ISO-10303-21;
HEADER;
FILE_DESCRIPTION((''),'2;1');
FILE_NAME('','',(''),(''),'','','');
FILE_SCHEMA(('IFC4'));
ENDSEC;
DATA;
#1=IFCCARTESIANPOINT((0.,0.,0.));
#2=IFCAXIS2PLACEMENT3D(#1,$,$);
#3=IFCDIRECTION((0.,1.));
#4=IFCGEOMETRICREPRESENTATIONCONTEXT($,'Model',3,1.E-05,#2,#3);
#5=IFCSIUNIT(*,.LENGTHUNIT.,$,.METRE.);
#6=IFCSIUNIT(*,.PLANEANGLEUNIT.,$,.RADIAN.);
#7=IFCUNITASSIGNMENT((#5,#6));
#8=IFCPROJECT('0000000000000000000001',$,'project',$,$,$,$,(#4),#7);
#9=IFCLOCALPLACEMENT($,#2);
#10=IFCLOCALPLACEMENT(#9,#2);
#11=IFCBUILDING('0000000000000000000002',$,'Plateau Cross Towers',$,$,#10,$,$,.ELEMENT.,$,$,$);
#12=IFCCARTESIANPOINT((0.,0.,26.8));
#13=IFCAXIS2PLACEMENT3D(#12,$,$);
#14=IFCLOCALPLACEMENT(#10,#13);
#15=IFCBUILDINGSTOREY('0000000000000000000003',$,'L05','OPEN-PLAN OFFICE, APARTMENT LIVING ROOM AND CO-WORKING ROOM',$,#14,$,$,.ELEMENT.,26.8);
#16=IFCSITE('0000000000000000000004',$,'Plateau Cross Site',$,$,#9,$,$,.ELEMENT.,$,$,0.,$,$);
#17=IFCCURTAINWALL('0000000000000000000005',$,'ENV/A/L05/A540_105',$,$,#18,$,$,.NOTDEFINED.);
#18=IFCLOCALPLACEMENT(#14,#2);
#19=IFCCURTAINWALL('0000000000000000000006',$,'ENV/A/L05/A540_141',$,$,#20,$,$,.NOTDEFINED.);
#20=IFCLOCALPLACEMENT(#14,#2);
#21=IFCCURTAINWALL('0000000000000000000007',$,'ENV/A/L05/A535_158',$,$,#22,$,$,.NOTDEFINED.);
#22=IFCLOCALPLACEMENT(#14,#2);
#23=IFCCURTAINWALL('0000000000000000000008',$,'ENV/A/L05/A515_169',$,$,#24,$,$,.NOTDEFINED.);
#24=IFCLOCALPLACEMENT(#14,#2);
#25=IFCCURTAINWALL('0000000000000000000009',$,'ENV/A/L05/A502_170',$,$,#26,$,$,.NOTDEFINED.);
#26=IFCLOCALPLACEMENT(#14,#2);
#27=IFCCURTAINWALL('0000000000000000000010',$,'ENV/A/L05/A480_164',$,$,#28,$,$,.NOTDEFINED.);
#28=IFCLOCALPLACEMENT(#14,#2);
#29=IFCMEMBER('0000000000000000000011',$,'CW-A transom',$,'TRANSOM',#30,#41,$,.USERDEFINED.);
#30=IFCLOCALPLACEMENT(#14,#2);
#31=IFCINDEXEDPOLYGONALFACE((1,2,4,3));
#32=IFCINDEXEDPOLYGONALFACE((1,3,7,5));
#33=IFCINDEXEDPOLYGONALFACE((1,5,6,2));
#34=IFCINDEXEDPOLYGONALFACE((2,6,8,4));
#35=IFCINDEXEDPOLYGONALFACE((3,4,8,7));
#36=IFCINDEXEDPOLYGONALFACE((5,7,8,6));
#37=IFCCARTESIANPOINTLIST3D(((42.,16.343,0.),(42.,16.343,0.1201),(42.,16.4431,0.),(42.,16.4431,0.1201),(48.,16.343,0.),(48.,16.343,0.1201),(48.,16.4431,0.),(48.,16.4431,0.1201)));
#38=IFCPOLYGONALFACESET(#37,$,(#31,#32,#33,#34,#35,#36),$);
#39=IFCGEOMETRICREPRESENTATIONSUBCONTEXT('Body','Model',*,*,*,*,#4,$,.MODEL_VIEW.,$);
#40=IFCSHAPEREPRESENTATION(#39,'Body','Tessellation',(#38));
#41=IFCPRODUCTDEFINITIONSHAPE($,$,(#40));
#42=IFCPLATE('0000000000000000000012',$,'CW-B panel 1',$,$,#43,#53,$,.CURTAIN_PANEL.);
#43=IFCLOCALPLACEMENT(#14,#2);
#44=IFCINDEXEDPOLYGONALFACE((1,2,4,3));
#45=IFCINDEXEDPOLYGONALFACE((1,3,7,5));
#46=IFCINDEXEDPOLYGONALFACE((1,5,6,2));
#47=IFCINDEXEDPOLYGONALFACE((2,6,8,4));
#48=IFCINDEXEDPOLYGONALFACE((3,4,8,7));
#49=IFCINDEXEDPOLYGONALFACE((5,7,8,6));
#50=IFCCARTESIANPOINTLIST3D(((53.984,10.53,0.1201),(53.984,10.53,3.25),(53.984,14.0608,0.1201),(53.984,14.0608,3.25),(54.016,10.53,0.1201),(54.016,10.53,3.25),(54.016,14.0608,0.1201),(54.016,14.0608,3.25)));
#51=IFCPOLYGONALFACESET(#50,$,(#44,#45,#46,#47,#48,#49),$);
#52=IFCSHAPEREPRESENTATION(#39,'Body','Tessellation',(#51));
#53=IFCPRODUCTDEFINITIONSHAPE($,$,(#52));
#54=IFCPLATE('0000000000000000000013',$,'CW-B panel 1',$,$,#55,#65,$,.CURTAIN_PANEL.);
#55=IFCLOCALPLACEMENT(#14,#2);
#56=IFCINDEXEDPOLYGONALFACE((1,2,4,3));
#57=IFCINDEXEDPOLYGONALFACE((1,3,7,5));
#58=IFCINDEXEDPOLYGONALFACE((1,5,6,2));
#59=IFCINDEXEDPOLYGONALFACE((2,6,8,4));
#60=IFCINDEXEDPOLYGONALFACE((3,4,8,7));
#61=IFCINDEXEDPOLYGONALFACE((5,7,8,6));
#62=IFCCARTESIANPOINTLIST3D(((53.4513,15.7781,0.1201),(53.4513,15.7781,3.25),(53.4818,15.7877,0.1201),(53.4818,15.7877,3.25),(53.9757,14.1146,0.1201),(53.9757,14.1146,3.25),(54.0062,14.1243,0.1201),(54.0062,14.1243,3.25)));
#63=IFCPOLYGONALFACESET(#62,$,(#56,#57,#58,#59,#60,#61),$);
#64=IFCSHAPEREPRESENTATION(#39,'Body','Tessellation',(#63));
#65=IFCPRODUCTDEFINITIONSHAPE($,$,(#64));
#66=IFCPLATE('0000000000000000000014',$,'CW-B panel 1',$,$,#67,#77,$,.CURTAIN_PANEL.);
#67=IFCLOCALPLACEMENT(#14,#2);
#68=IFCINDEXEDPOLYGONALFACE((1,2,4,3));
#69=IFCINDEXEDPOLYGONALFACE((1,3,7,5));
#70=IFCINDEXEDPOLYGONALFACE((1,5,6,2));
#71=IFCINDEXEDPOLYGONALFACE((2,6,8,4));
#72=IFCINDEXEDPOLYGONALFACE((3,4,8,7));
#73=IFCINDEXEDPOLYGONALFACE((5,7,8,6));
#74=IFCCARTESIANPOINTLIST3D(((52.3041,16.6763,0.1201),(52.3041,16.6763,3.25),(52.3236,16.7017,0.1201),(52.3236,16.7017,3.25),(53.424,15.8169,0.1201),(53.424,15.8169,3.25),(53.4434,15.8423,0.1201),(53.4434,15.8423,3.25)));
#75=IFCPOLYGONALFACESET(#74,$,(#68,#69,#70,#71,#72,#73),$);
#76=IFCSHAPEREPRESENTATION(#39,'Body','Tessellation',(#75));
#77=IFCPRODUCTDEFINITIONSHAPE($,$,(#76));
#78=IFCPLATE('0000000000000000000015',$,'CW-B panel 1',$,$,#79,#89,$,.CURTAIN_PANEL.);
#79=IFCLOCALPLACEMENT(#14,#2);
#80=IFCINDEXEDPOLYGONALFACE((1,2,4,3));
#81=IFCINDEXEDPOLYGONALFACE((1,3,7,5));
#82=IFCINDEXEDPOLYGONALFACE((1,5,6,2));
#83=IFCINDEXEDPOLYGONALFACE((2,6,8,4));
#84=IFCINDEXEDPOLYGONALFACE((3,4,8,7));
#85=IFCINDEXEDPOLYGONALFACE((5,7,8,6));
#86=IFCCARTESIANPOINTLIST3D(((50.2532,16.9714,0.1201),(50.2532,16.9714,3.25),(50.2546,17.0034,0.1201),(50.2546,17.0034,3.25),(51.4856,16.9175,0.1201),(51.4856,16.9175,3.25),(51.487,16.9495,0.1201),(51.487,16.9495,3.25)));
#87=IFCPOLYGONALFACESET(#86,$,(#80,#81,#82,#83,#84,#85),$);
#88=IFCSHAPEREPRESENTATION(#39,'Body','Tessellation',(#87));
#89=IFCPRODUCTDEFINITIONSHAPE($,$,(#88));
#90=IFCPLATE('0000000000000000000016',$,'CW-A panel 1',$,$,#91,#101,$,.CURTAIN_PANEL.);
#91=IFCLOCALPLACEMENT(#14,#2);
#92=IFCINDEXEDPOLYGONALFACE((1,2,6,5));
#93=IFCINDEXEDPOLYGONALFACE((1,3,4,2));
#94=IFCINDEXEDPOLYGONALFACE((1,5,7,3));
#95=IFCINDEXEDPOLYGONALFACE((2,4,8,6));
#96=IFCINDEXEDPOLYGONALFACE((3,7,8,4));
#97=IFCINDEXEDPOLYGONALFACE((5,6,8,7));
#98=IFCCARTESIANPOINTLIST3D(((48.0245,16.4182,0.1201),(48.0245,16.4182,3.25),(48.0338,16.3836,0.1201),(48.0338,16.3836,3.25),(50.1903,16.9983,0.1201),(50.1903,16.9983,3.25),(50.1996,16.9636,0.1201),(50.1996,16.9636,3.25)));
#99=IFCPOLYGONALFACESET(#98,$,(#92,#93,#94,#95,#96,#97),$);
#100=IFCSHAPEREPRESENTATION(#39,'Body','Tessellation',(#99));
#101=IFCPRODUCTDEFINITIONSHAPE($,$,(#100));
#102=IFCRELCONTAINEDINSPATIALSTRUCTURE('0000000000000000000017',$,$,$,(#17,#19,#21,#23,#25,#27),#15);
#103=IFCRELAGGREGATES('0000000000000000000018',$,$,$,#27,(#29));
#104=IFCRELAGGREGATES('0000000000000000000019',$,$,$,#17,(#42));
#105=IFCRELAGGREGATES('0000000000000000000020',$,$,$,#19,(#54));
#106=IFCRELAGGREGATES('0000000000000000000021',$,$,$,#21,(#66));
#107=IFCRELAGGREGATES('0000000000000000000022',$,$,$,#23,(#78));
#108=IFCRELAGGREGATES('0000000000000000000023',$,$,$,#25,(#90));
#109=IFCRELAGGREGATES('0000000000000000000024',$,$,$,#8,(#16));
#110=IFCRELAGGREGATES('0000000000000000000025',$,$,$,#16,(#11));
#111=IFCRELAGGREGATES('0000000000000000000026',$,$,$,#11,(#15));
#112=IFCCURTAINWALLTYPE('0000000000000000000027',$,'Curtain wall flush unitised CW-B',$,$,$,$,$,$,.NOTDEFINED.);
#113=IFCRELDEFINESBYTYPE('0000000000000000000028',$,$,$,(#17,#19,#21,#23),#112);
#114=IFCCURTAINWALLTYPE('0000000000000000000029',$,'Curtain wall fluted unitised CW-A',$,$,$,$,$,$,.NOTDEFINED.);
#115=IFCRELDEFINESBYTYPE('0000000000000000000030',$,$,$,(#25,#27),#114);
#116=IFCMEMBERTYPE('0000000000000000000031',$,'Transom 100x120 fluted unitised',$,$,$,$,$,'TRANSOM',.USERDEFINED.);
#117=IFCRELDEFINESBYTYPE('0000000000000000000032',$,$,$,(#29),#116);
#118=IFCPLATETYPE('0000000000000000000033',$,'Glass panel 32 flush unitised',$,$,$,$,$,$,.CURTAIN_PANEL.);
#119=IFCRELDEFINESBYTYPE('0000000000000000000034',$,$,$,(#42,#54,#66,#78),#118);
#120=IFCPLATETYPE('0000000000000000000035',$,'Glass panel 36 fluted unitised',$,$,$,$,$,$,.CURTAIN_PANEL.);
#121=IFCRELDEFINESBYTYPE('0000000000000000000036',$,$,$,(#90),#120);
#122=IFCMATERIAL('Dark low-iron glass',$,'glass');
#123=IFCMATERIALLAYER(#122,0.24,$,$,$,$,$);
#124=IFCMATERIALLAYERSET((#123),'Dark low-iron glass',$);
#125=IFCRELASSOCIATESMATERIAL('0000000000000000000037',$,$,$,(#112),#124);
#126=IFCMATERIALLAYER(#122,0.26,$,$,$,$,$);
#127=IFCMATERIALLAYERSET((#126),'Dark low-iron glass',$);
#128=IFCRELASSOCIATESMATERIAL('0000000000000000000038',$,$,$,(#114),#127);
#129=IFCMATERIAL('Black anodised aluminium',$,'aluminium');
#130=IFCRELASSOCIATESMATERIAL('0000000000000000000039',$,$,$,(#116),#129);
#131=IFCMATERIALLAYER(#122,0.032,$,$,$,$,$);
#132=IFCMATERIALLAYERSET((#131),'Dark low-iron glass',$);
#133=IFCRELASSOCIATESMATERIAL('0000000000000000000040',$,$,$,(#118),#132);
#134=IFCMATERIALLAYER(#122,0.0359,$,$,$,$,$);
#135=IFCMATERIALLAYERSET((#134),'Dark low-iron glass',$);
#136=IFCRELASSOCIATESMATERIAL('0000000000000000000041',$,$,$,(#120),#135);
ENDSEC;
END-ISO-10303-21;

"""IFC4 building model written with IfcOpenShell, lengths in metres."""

from ifc_helpers import new_model, si_unit, direction, frame, origin, origin_2d, place, context, subcontext, project, spatial, rectangle, extrude, material, layer, layer_set, material_profile, profile_set, type_object, element, aggregate, save


model = new_model("IFC4")

# Units and contexts
model_context = context("Model", 3, precision=1e-05, world=origin(), true_north=direction((0.0, 1.0)))
body_context = subcontext(model_context, "Body", "Model", "MODEL_VIEW")
ifc_project = project(units=[si_unit("LENGTHUNIT", "METRE"), si_unit("PLANEANGLEUNIT", "RADIAN")], contexts=[model_context])

# Site, building, storey
site_placement = place(None, origin())
site = spatial("IfcSite", under=ifc_project, at=site_placement, Name="Plateau Cross Site", CompositionType="ELEMENT", RefElevation=0.0)
building_placement = place(site_placement, origin())
building = spatial("IfcBuilding", under=site, at=building_placement, Name="Plateau Cross Towers", CompositionType="ELEMENT")
storey_placement = place(building_placement, frame((0.0, 0.0, 26.8)))
storey = spatial("IfcBuildingStorey", under=building, at=storey_placement, Name="L05", Description="OPEN-PLAN OFFICE, APARTMENT LIVING ROOM AND CO-WORKING ROOM", CompositionType="ELEMENT", Elevation=26.8)

# Curtain walls
ifc_material_1 = material(Name="Dark low-iron glass", Category="glass")
ifc_layer_1 = layer(ifc_material_1, 0.24)
ifc_layer_set_1 = layer_set([ifc_layer_1], Name="Dark low-iron glass")
curtain_wall_type_1 = type_object("IfcCurtainWallType", Name="Curtain wall flush unitised CW-B", PredefinedType="NOTDEFINED", material=ifc_layer_set_1)
curtain_wall_1_placement = place(storey_placement, origin())
curtain_wall_1 = element("IfcCurtainWall", 1, at=curtain_wall_1_placement, inside=storey, type_object=curtain_wall_type_1, Name="ENV/A/L05/A540_105", PredefinedType="NOTDEFINED")
ifc_material_2 = material(Name="Black anodised aluminium", Category="aluminium")
curtain_wall_2_placement = place(storey_placement, origin())
curtain_wall_2 = element("IfcCurtainWall", 2, at=curtain_wall_2_placement, inside=storey, type_object=curtain_wall_type_1, Name="ENV/A/L05/A540_141", PredefinedType="NOTDEFINED")

# Curtain wall
curtain_wall_3_placement = place(storey_placement, origin())
curtain_wall_3 = element("IfcCurtainWall", 3, at=curtain_wall_3_placement, inside=storey, type_object=curtain_wall_type_1, Name="ENV/A/L05/A535_158", PredefinedType="NOTDEFINED")

# Curtain walls
curtain_wall_4_placement = place(storey_placement, origin())
curtain_wall_4 = element("IfcCurtainWall", 4, at=curtain_wall_4_placement, inside=storey, type_object=curtain_wall_type_1, Name="ENV/A/L05/A515_169", PredefinedType="NOTDEFINED")
ifc_layer_2 = layer(ifc_material_1, 0.26)
ifc_layer_set_2 = layer_set([ifc_layer_2], Name="Dark low-iron glass")
curtain_wall_type_2 = type_object("IfcCurtainWallType", Name="Curtain wall fluted unitised CW-A", PredefinedType="NOTDEFINED", material=ifc_layer_set_2)
curtain_wall_5_placement = place(storey_placement, origin())
curtain_wall_5 = element("IfcCurtainWall", 5, at=curtain_wall_5_placement, inside=storey, type_object=curtain_wall_type_2, Name="ENV/A/L05/A502_170", PredefinedType="NOTDEFINED")
curtain_wall_6_placement = place(storey_placement, origin())
curtain_wall_6 = element("IfcCurtainWall", 6, at=curtain_wall_6_placement, inside=storey, type_object=curtain_wall_type_2, Name="ENV/A/L05/A480_164", PredefinedType="NOTDEFINED")

# Member
ifc_material_profile_1 = material_profile(ifc_material_2, rectangle(XDim=0.1001, YDim=0.1201, at=origin_2d()), Name="TRANSOM 100x120")
ifc_profile_set_1 = profile_set([ifc_material_profile_1], Name="Black anodised aluminium")
member_type_1 = type_object("IfcMemberType", Name="Transom 100x120 fluted unitised", ElementType="TRANSOM", PredefinedType="USERDEFINED", material=ifc_profile_set_1)
member_1_placement = place(storey_placement, frame((48.0, 16.3931, 0.0601), z_axis=(-1.0, 0.0, 0.0), x_axis=(0.0, -1.0, 0.0)))
member_1 = element("IfcMember", 7, at=member_1_placement, type_object=member_type_1, Name="CW-A transom", ObjectType="TRANSOM", PredefinedType="USERDEFINED", context=body_context, shape_type="SweptSolid", body=[
    extrude(rectangle(XDim=0.1001, YDim=0.1201, at=origin_2d()), origin(), (0.0, 0.0, 1.0), 6.0),
])
aggregate(curtain_wall_6, [member_1])

# Plates
ifc_layer_3 = layer(ifc_material_1, 0.032)
ifc_layer_set_3 = layer_set([ifc_layer_3], Name="Dark low-iron glass")
plate_type_1 = type_object("IfcPlateType", Name="Glass panel 32 flush unitised", PredefinedType="CURTAIN_PANEL", material=ifc_layer_set_3)
plate_1_placement = place(storey_placement, frame((54.0, 12.2954, 0.1201), z_axis=(0.0, 0.0, 1.0), x_axis=(0.0, 1.0, 0.0)))
plate_1 = element("IfcPlate", 8, at=plate_1_placement, type_object=plate_type_1, Name="CW-B panel 1", PredefinedType="CURTAIN_PANEL", context=body_context, shape_type="SweptSolid", body=[
    extrude(rectangle(XDim=3.5308, YDim=0.032, at=origin_2d()), origin(), (0.0, 0.0, 1.0), 3.1299),
])
aggregate(curtain_wall_1, [plate_1])
plate_2_placement = place(storey_placement, frame((53.7288, 14.9512, 0.1201), z_axis=(0.0, 0.0, 1.0), x_axis=(-0.300686, 0.953723, 0.0)))
plate_2 = element("IfcPlate", 9, at=plate_2_placement, type_object=plate_type_1, Name="CW-B panel 1", PredefinedType="CURTAIN_PANEL", context=body_context, shape_type="SweptSolid", body=[
    extrude(rectangle(XDim=1.7441, YDim=0.032, at=origin_2d()), origin(), (0.0, 0.0, 1.0), 3.1299),
])
aggregate(curtain_wall_2, [plate_2])
plate_3_placement = place(storey_placement, frame((52.8738, 16.2593, 0.1201), z_axis=(0.0, 0.0, 1.0), x_axis=(-0.793316, 0.608811, 0.0)))
plate_3 = element("IfcPlate", 10, at=plate_3_placement, type_object=plate_type_1, Name="CW-B panel 1", PredefinedType="CURTAIN_PANEL", context=body_context, shape_type="SweptSolid", body=[
    extrude(rectangle(XDim=1.4116, YDim=0.032, at=origin_2d()), origin(), (0.0, 0.0, 1.0), 3.1299),
])
aggregate(curtain_wall_3, [plate_3])
plate_4_placement = place(storey_placement, frame((50.8701, 16.9604, 0.1201), z_axis=(0.0, 0.0, 1.0), x_axis=(-0.999044, 0.043723, 0.0)))
plate_4 = element("IfcPlate", 11, at=plate_4_placement, type_object=plate_type_1, Name="CW-B panel 1", PredefinedType="CURTAIN_PANEL", context=body_context, shape_type="SweptSolid", body=[
    extrude(rectangle(XDim=1.2336, YDim=0.032, at=origin_2d()), origin(), (0.0, 0.0, 1.0), 3.1299),
])
aggregate(curtain_wall_4, [plate_4])
ifc_layer_4 = layer(ifc_material_1, 0.0359)
ifc_layer_set_4 = layer_set([ifc_layer_4], Name="Dark low-iron glass")
plate_type_2 = type_object("IfcPlateType", Name="Glass panel 36 fluted unitised", PredefinedType="CURTAIN_PANEL", material=ifc_layer_set_4)
plate_5_placement = place(storey_placement, frame((49.1121, 16.6909, 0.1201), z_axis=(0.0, 0.0, 1.0), x_axis=(-0.965958, -0.258699, 0.0)))
plate_5 = element("IfcPlate", 12, at=plate_5_placement, type_object=plate_type_2, Name="CW-A panel 1", PredefinedType="CURTAIN_PANEL", context=body_context, shape_type="SweptSolid", body=[
    extrude(rectangle(XDim=2.2422, YDim=0.0359, at=origin_2d()), origin(), (0.0, 0.0, 1.0), 3.1299),
])
aggregate(curtain_wall_5, [plate_5])

save(model, "model.ifc")
